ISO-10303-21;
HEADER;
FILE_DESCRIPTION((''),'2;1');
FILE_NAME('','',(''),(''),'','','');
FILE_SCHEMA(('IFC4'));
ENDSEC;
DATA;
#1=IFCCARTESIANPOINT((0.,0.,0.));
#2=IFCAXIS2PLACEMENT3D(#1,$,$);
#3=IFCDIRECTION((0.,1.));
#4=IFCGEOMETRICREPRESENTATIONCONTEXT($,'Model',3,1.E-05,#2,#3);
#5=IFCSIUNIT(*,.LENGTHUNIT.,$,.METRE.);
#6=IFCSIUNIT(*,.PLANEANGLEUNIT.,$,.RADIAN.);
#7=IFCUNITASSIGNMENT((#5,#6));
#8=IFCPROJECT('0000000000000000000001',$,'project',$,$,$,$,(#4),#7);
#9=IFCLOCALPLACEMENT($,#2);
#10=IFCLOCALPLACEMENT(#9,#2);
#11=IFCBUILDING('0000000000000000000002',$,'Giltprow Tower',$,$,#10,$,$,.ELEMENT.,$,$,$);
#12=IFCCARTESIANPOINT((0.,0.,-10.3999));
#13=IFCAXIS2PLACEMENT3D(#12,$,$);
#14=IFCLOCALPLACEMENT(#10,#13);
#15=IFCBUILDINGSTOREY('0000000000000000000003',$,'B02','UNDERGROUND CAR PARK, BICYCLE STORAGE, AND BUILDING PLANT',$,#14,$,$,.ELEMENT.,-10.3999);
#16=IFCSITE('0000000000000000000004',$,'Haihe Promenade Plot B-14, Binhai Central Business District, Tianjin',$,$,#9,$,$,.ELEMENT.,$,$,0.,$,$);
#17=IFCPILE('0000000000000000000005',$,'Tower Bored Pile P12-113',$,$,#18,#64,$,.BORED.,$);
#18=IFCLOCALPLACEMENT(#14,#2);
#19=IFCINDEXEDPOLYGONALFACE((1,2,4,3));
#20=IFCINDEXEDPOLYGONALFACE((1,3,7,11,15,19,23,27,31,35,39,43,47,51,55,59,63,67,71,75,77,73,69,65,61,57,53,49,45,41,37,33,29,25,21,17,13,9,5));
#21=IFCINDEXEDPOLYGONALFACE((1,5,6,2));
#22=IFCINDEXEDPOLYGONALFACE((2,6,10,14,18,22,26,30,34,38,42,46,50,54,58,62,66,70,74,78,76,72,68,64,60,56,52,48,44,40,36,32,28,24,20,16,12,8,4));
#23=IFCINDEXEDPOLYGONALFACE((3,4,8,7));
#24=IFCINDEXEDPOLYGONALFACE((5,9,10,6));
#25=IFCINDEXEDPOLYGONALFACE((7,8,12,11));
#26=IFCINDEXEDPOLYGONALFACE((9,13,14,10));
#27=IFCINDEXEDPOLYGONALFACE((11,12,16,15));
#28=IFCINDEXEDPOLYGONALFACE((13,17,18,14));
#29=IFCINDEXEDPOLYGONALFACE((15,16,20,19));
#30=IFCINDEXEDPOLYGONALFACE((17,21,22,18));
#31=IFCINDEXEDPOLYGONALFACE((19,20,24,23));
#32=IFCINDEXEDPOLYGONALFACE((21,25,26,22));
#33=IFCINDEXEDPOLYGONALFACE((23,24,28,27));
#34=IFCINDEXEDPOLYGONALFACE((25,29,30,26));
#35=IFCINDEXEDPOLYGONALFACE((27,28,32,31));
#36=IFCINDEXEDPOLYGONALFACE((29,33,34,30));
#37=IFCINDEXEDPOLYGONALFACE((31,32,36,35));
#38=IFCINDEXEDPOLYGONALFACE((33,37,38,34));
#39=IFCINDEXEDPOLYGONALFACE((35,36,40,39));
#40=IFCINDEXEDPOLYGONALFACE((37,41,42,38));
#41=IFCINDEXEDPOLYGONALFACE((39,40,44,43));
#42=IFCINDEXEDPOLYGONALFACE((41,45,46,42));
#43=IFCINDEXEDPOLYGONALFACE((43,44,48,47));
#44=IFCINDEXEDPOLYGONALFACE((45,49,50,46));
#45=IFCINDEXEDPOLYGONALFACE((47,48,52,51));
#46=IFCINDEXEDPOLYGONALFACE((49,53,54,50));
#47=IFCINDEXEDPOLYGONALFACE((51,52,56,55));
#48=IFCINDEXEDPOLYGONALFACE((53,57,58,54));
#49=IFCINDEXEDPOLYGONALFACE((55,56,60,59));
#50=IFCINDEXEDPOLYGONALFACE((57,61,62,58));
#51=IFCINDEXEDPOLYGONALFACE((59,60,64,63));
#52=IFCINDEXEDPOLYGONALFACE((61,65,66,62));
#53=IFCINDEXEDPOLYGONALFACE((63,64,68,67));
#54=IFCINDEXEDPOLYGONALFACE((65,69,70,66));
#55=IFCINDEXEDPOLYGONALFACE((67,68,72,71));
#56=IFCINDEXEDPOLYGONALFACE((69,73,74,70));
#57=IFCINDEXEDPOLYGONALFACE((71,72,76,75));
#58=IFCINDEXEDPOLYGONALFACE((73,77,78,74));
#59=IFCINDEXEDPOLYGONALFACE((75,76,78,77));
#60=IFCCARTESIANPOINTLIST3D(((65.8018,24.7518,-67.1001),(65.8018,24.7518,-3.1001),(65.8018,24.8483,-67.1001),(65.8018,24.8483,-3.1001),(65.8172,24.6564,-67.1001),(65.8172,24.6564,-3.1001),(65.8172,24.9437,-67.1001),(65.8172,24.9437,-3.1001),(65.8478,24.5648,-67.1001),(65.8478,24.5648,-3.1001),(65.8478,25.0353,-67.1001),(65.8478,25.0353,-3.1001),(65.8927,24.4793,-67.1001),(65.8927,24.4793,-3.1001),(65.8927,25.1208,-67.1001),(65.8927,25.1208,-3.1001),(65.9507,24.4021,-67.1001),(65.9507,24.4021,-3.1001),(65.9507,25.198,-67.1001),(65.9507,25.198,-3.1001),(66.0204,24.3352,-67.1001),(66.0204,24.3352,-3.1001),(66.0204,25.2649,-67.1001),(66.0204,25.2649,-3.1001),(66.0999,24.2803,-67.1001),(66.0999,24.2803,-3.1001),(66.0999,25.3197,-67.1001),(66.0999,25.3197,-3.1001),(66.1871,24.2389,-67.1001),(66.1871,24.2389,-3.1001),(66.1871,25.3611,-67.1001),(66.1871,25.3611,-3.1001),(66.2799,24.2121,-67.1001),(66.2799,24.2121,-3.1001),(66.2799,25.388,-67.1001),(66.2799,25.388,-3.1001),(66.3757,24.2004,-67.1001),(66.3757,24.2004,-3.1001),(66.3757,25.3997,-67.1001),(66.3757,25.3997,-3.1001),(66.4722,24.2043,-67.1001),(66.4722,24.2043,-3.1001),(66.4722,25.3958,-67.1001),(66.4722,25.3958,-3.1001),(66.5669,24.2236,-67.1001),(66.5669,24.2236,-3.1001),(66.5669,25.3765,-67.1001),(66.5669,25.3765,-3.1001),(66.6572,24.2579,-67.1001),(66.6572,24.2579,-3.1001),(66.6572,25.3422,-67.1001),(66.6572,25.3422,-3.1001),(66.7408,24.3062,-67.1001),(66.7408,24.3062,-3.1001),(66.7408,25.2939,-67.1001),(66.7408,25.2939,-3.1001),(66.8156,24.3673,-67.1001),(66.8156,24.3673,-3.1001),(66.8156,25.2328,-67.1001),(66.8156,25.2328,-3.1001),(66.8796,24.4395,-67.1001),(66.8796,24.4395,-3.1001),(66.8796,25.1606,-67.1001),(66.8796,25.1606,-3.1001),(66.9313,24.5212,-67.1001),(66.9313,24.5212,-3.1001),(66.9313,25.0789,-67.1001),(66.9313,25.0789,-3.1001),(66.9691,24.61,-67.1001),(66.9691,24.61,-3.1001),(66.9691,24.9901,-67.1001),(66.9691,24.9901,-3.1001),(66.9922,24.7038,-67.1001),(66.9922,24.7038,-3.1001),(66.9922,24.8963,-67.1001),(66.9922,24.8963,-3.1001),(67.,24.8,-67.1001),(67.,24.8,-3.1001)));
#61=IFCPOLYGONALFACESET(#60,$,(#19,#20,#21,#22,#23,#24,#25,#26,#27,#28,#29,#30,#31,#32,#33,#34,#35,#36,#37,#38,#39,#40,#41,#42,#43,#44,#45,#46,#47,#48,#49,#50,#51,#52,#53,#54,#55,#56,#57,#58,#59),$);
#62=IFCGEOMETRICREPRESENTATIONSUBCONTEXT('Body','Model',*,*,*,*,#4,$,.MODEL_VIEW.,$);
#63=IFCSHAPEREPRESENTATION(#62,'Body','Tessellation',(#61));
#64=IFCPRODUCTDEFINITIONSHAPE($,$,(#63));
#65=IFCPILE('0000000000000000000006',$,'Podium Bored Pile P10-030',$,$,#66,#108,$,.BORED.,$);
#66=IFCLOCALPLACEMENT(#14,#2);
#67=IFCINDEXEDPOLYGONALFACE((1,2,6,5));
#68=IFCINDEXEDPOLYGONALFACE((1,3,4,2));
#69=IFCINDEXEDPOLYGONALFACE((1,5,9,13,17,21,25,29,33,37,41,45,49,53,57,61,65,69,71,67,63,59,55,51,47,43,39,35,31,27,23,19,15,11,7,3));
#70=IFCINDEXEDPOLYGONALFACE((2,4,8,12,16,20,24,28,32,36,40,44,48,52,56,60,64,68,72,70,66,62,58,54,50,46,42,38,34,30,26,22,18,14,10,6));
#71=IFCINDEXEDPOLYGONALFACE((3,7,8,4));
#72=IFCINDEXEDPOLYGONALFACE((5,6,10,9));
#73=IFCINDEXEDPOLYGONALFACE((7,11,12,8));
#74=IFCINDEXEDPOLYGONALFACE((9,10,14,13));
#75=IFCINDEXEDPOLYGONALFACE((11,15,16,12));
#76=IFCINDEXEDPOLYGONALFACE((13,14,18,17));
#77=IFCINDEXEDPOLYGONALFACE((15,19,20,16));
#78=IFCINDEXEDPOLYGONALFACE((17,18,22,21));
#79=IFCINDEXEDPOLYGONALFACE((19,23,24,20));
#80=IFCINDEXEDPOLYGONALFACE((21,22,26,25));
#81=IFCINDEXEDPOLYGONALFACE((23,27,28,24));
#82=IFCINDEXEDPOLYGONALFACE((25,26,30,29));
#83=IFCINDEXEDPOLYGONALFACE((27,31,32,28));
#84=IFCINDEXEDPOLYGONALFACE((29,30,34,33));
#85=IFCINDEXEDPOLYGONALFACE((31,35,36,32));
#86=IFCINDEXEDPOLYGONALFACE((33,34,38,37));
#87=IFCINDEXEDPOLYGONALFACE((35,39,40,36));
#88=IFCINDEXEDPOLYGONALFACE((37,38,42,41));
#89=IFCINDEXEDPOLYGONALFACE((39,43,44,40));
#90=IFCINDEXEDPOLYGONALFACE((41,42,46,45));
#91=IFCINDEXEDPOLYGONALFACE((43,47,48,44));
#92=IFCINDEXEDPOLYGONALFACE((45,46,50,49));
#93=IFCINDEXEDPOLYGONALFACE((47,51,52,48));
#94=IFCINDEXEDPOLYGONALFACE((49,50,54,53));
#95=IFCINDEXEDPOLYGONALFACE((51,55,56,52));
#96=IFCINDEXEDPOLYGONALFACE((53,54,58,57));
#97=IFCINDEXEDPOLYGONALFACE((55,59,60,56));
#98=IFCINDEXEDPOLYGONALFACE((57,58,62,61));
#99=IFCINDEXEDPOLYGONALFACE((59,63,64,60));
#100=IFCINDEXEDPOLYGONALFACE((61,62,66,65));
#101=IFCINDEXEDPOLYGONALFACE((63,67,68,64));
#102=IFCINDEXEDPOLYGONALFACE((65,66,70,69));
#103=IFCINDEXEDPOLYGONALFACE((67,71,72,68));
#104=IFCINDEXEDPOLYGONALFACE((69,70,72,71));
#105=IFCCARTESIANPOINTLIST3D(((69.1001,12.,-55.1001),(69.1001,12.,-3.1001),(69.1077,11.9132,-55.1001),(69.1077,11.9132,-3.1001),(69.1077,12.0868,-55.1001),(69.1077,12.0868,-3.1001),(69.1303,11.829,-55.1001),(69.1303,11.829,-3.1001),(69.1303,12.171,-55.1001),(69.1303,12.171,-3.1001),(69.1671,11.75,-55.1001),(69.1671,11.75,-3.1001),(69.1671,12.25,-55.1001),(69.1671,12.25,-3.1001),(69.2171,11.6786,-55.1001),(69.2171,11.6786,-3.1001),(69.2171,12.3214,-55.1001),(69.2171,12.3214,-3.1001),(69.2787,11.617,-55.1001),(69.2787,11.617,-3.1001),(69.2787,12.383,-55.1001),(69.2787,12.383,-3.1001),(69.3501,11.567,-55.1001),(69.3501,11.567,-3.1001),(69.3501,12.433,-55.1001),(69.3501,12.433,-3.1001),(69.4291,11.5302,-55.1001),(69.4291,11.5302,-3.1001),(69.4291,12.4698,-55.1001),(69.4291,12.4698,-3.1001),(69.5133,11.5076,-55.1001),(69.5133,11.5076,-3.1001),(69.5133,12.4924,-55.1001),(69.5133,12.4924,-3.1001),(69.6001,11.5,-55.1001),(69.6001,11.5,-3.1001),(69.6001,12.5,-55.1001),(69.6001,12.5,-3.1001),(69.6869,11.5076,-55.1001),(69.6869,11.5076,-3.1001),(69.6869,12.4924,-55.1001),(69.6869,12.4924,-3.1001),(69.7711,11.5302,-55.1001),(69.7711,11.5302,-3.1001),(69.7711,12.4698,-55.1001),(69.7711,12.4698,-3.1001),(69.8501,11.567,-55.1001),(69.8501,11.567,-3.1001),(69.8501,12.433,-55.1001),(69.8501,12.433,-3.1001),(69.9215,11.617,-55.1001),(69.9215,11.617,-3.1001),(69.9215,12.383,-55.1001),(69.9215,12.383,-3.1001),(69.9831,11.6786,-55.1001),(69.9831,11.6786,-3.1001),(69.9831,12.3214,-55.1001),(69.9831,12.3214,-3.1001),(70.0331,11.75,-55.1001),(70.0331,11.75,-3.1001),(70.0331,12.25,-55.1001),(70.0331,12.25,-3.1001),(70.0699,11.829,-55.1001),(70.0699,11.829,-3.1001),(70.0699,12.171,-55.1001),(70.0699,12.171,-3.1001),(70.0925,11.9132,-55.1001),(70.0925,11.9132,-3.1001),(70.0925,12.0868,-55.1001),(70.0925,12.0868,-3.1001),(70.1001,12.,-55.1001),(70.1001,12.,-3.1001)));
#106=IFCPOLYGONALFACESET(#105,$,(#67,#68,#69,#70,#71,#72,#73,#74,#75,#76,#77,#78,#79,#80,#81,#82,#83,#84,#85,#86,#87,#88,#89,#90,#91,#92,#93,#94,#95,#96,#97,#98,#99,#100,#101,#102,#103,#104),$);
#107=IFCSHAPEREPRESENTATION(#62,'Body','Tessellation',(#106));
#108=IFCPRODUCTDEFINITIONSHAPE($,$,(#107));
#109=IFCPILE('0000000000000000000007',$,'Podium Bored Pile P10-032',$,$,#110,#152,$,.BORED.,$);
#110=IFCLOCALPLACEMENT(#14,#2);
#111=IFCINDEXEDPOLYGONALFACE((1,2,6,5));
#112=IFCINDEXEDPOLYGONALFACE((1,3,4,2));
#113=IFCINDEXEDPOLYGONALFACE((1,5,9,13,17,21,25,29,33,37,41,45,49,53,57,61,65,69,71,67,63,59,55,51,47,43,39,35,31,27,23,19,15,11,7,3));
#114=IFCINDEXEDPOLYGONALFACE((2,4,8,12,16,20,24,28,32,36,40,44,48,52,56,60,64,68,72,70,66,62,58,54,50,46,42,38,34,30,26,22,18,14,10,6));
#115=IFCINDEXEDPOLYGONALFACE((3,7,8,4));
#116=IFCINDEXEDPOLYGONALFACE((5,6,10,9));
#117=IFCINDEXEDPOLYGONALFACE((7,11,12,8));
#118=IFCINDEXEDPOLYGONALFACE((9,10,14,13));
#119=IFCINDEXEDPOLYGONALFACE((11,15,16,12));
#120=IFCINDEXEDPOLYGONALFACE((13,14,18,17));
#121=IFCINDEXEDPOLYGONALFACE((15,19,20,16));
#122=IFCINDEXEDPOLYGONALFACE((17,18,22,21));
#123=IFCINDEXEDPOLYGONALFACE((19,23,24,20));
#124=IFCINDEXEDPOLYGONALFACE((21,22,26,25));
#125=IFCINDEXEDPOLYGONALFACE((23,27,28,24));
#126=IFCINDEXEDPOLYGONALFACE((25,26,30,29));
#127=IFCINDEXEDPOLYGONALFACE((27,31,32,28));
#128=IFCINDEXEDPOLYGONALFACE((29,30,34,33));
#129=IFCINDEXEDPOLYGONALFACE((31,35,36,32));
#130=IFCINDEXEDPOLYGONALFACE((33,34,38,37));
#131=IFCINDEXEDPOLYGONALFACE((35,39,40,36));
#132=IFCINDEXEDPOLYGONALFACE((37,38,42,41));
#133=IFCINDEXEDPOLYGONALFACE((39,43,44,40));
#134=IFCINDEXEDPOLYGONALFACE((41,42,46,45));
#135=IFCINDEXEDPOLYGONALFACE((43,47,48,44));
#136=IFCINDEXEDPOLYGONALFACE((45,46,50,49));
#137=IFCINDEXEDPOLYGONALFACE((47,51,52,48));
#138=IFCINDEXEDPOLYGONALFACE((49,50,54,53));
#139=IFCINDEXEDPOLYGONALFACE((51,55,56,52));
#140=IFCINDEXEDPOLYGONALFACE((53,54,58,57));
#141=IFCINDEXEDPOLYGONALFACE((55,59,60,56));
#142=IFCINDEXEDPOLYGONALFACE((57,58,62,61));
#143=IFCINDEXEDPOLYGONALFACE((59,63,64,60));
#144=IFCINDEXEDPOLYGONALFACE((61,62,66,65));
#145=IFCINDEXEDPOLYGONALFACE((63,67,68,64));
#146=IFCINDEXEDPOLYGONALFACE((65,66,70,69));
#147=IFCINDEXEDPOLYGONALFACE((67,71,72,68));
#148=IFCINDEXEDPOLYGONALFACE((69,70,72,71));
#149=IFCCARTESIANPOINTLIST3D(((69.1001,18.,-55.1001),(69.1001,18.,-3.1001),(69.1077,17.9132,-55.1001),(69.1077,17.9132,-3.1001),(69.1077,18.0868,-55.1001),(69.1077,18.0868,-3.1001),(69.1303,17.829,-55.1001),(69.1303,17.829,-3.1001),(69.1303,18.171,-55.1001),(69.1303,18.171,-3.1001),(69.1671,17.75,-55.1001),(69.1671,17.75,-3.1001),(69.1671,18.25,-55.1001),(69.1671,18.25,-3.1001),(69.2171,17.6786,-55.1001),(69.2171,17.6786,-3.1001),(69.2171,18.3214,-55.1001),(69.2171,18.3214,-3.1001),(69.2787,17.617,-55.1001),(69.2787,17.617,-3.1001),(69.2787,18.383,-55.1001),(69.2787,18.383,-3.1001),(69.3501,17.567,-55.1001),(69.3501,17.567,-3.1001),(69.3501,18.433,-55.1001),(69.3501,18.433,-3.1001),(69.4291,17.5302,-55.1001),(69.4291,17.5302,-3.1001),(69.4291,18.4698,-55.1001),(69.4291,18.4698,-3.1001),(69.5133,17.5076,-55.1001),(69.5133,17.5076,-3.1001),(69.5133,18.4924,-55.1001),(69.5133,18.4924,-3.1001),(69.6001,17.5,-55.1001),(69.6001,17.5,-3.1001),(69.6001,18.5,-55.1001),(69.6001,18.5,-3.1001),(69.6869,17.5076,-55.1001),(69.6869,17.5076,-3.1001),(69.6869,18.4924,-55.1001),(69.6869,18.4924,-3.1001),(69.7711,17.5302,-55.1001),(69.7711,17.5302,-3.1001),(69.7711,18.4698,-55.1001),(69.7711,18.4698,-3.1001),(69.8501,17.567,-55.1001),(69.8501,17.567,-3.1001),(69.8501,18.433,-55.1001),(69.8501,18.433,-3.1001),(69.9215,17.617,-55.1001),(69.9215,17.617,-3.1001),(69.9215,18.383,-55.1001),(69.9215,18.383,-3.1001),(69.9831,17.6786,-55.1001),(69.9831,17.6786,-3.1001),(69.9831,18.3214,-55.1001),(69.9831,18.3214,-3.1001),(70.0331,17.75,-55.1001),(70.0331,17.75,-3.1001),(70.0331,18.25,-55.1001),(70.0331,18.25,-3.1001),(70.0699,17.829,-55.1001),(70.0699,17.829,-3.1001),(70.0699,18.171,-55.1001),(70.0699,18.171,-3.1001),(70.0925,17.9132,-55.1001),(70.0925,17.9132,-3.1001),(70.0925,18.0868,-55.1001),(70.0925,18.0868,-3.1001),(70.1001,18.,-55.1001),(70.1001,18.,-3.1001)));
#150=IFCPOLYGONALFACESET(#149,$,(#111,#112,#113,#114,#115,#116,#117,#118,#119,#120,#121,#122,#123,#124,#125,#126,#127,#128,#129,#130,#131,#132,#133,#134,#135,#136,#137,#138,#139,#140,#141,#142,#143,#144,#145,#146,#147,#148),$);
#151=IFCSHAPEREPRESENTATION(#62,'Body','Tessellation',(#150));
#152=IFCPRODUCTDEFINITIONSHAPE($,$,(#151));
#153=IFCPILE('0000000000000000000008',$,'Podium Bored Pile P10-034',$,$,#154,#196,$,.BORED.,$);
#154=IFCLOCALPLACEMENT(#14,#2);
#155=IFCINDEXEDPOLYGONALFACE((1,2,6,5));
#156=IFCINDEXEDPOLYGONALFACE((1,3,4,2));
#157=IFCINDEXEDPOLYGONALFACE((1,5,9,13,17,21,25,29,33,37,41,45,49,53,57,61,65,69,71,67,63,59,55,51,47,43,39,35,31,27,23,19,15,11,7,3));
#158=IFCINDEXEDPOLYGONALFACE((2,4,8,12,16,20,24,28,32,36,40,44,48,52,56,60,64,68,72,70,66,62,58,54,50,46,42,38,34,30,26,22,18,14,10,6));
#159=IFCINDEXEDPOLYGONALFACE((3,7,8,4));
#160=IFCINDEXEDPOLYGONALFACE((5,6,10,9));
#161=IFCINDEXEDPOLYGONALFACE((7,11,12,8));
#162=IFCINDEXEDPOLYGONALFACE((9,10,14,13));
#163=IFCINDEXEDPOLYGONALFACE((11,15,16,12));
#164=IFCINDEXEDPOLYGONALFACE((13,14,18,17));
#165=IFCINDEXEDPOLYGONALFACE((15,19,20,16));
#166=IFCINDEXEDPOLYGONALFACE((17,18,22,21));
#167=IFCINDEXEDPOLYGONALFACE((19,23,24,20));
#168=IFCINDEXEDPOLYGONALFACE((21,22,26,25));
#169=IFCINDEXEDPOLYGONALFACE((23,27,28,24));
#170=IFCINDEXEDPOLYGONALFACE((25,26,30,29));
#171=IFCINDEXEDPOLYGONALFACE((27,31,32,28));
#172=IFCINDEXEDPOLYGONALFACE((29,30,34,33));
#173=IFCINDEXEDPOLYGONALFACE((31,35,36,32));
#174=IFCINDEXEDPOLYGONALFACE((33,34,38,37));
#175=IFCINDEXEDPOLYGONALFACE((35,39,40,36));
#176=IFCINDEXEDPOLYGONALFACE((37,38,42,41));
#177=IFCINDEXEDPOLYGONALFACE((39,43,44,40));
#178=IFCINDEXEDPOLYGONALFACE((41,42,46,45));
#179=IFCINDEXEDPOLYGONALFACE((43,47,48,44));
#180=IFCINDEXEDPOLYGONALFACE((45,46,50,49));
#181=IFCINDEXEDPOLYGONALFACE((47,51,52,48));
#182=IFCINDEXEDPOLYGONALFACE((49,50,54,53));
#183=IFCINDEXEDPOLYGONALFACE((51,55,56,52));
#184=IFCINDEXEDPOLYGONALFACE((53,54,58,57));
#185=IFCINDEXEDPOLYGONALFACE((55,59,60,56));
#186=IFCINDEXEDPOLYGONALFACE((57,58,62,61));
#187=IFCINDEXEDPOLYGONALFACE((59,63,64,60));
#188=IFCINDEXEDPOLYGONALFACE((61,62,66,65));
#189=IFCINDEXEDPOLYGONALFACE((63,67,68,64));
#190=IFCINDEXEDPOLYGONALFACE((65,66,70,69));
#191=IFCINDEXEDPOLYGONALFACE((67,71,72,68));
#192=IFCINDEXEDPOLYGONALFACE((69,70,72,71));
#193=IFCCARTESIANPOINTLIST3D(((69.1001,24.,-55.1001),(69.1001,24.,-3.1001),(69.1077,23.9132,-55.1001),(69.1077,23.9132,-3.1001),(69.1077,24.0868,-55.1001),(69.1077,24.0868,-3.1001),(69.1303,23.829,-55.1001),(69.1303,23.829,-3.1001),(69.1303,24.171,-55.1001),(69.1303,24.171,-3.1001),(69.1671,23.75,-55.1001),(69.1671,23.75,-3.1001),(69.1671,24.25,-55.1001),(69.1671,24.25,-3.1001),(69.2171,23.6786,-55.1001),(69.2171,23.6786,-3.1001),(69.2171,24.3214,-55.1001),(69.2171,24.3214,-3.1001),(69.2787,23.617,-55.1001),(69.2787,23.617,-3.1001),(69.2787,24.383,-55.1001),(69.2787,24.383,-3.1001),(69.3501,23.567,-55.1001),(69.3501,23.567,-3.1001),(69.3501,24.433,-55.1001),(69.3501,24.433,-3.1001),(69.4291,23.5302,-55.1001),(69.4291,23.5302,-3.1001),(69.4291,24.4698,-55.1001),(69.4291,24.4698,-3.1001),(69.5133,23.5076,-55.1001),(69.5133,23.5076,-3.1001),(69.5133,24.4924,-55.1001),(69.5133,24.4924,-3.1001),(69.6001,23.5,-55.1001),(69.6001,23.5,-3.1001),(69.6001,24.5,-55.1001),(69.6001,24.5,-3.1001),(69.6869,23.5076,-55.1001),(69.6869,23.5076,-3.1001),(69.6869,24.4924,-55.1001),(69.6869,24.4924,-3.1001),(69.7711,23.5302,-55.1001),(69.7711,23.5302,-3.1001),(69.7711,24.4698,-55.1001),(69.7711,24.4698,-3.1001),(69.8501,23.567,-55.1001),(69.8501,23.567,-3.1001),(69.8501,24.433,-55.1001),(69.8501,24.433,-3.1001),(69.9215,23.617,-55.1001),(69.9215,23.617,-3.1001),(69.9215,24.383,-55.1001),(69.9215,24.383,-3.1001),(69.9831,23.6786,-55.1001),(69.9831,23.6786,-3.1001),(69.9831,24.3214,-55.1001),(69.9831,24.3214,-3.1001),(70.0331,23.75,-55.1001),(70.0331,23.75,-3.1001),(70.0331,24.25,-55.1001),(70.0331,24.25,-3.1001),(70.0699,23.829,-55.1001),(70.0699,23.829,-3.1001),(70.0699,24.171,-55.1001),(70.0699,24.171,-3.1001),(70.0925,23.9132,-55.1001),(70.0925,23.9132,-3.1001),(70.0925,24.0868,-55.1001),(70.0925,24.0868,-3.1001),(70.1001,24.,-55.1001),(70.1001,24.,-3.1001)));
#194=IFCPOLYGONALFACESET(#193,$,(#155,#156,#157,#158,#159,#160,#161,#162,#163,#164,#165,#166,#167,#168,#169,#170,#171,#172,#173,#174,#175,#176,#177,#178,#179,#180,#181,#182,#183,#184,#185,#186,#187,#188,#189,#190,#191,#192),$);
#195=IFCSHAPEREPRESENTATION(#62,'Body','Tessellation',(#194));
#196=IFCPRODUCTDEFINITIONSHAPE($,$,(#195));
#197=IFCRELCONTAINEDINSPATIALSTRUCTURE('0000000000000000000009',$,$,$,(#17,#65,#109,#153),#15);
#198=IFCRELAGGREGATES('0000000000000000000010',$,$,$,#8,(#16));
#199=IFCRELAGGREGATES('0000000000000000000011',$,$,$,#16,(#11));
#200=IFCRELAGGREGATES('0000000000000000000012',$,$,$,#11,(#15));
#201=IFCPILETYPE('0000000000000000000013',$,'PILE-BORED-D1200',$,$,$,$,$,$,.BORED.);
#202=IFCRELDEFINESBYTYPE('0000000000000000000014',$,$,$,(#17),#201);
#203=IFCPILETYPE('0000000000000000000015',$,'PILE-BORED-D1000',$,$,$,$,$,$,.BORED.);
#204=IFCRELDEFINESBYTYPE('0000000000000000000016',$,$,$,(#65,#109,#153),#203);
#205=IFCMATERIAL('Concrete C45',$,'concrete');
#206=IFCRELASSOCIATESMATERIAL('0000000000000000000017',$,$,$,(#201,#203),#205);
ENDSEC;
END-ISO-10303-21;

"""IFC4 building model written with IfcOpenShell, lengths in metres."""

from ifc_helpers import new_model, si_unit, direction, frame, origin, origin_2d, place, context, subcontext, project, spatial, circle, extrude, source, transform, mapped, material, material_profile, profile_set, type_object, element, save


model = new_model("IFC4")

# Units and contexts
model_context = context("Model", 3, precision=1e-05, world=origin(), true_north=direction((0.0, 1.0)))
body_context = subcontext(model_context, "Body", "Model", "MODEL_VIEW")
ifc_project = project(units=[si_unit("LENGTHUNIT", "METRE"), si_unit("PLANEANGLEUNIT", "RADIAN")], contexts=[model_context])

# Site, building, storey
site_placement = place(None, origin())
site = spatial("IfcSite", under=ifc_project, at=site_placement, Name="Haihe Promenade Plot B-14, Binhai Central Business District, Tianjin", CompositionType="ELEMENT", RefElevation=0.0)
building_placement = place(site_placement, origin())
building = spatial("IfcBuilding", under=site, at=building_placement, Name="Giltprow Tower", CompositionType="ELEMENT")
storey_placement = place(building_placement, frame((0.0, 0.0, -10.3999)))
storey = spatial("IfcBuildingStorey", under=building, at=storey_placement, Name="B02", Description="UNDERGROUND CAR PARK, BICYCLE STORAGE, AND BUILDING PLANT", CompositionType="ELEMENT", Elevation=-10.3999)

# Piles
ifc_material_1 = material(Name="Concrete C45", Category="concrete")
ifc_material_profile_1 = material_profile(ifc_material_1, circle(Radius=0.6001, at=origin_2d()), Name="PILE D1200")
ifc_profile_set_1 = profile_set([ifc_material_profile_1], Name="Concrete C45")
pile_type_1 = type_object("IfcPileType", Name="PILE-BORED-D1200", PredefinedType="BORED", material=ifc_profile_set_1)
shared_shape_1 = source(origin(), body_context, "Body", "SweptSolid", [
    extrude(circle(Radius=0.6001, at=origin_2d()), origin(), (0.0, 0.0, 1.0), 64.0),
])
for number, where, z_axis, x_axis, name in (
    (1, (66.3999, 24.8, -3.1001), (0.0, 0.0, -1.0), (1.0, 0.0, 0.0), "Tower Bored Pile P12-113"),
):
    element("IfcPile", number, at=place(storey_placement, frame(where, z_axis=z_axis, x_axis=x_axis)), inside=storey, type_object=pile_type_1, Name=name, PredefinedType="BORED", context=body_context, shape_type="MappedRepresentation", body=[
        mapped(shared_shape_1, transform((0.0, 0.0, 0.0), x_axis=(1.0, 0.0, 0.0), y_axis=(0.0, 1.0, 0.0), z_axis=(0.0, 0.0, 1.0), scale=1.0)),
    ])
ifc_material_profile_2 = material_profile(ifc_material_1, circle(Radius=0.5, at=origin_2d()), Name="PILE D1000")
ifc_profile_set_2 = profile_set([ifc_material_profile_2], Name="Concrete C45")
pile_type_2 = type_object("IfcPileType", Name="PILE-BORED-D1000", PredefinedType="BORED", material=ifc_profile_set_2)
shared_shape_2 = source(origin(), body_context, "Body", "SweptSolid", [
    extrude(circle(Radius=0.5, at=origin_2d()), origin(), (0.0, 0.0, 1.0), 52.0),
])
for number, where, z_axis, x_axis, name in (
    (2, (69.6001, 12.0, -3.1001), (0.0, 0.0, -1.0), (1.0, 0.0, 0.0), "Podium Bored Pile P10-030"),
    (3, (69.6001, 18.0, -3.1001), (0.0, 0.0, -1.0), (1.0, 0.0, 0.0), "Podium Bored Pile P10-032"),
    (4, (69.6001, 24.0, -3.1001), (0.0, 0.0, -1.0), (1.0, 0.0, 0.0), "Podium Bored Pile P10-034"),
):
    element("IfcPile", number, at=place(storey_placement, frame(where, z_axis=z_axis, x_axis=x_axis)), inside=storey, type_object=pile_type_2, Name=name, PredefinedType="BORED", context=body_context, shape_type="MappedRepresentation", body=[
        mapped(shared_shape_2, transform((0.0, 0.0, 0.0), x_axis=(1.0, 0.0, 0.0), y_axis=(0.0, 1.0, 0.0), z_axis=(0.0, 0.0, 1.0), scale=1.0)),
    ])

save(model, "model.ifc")
